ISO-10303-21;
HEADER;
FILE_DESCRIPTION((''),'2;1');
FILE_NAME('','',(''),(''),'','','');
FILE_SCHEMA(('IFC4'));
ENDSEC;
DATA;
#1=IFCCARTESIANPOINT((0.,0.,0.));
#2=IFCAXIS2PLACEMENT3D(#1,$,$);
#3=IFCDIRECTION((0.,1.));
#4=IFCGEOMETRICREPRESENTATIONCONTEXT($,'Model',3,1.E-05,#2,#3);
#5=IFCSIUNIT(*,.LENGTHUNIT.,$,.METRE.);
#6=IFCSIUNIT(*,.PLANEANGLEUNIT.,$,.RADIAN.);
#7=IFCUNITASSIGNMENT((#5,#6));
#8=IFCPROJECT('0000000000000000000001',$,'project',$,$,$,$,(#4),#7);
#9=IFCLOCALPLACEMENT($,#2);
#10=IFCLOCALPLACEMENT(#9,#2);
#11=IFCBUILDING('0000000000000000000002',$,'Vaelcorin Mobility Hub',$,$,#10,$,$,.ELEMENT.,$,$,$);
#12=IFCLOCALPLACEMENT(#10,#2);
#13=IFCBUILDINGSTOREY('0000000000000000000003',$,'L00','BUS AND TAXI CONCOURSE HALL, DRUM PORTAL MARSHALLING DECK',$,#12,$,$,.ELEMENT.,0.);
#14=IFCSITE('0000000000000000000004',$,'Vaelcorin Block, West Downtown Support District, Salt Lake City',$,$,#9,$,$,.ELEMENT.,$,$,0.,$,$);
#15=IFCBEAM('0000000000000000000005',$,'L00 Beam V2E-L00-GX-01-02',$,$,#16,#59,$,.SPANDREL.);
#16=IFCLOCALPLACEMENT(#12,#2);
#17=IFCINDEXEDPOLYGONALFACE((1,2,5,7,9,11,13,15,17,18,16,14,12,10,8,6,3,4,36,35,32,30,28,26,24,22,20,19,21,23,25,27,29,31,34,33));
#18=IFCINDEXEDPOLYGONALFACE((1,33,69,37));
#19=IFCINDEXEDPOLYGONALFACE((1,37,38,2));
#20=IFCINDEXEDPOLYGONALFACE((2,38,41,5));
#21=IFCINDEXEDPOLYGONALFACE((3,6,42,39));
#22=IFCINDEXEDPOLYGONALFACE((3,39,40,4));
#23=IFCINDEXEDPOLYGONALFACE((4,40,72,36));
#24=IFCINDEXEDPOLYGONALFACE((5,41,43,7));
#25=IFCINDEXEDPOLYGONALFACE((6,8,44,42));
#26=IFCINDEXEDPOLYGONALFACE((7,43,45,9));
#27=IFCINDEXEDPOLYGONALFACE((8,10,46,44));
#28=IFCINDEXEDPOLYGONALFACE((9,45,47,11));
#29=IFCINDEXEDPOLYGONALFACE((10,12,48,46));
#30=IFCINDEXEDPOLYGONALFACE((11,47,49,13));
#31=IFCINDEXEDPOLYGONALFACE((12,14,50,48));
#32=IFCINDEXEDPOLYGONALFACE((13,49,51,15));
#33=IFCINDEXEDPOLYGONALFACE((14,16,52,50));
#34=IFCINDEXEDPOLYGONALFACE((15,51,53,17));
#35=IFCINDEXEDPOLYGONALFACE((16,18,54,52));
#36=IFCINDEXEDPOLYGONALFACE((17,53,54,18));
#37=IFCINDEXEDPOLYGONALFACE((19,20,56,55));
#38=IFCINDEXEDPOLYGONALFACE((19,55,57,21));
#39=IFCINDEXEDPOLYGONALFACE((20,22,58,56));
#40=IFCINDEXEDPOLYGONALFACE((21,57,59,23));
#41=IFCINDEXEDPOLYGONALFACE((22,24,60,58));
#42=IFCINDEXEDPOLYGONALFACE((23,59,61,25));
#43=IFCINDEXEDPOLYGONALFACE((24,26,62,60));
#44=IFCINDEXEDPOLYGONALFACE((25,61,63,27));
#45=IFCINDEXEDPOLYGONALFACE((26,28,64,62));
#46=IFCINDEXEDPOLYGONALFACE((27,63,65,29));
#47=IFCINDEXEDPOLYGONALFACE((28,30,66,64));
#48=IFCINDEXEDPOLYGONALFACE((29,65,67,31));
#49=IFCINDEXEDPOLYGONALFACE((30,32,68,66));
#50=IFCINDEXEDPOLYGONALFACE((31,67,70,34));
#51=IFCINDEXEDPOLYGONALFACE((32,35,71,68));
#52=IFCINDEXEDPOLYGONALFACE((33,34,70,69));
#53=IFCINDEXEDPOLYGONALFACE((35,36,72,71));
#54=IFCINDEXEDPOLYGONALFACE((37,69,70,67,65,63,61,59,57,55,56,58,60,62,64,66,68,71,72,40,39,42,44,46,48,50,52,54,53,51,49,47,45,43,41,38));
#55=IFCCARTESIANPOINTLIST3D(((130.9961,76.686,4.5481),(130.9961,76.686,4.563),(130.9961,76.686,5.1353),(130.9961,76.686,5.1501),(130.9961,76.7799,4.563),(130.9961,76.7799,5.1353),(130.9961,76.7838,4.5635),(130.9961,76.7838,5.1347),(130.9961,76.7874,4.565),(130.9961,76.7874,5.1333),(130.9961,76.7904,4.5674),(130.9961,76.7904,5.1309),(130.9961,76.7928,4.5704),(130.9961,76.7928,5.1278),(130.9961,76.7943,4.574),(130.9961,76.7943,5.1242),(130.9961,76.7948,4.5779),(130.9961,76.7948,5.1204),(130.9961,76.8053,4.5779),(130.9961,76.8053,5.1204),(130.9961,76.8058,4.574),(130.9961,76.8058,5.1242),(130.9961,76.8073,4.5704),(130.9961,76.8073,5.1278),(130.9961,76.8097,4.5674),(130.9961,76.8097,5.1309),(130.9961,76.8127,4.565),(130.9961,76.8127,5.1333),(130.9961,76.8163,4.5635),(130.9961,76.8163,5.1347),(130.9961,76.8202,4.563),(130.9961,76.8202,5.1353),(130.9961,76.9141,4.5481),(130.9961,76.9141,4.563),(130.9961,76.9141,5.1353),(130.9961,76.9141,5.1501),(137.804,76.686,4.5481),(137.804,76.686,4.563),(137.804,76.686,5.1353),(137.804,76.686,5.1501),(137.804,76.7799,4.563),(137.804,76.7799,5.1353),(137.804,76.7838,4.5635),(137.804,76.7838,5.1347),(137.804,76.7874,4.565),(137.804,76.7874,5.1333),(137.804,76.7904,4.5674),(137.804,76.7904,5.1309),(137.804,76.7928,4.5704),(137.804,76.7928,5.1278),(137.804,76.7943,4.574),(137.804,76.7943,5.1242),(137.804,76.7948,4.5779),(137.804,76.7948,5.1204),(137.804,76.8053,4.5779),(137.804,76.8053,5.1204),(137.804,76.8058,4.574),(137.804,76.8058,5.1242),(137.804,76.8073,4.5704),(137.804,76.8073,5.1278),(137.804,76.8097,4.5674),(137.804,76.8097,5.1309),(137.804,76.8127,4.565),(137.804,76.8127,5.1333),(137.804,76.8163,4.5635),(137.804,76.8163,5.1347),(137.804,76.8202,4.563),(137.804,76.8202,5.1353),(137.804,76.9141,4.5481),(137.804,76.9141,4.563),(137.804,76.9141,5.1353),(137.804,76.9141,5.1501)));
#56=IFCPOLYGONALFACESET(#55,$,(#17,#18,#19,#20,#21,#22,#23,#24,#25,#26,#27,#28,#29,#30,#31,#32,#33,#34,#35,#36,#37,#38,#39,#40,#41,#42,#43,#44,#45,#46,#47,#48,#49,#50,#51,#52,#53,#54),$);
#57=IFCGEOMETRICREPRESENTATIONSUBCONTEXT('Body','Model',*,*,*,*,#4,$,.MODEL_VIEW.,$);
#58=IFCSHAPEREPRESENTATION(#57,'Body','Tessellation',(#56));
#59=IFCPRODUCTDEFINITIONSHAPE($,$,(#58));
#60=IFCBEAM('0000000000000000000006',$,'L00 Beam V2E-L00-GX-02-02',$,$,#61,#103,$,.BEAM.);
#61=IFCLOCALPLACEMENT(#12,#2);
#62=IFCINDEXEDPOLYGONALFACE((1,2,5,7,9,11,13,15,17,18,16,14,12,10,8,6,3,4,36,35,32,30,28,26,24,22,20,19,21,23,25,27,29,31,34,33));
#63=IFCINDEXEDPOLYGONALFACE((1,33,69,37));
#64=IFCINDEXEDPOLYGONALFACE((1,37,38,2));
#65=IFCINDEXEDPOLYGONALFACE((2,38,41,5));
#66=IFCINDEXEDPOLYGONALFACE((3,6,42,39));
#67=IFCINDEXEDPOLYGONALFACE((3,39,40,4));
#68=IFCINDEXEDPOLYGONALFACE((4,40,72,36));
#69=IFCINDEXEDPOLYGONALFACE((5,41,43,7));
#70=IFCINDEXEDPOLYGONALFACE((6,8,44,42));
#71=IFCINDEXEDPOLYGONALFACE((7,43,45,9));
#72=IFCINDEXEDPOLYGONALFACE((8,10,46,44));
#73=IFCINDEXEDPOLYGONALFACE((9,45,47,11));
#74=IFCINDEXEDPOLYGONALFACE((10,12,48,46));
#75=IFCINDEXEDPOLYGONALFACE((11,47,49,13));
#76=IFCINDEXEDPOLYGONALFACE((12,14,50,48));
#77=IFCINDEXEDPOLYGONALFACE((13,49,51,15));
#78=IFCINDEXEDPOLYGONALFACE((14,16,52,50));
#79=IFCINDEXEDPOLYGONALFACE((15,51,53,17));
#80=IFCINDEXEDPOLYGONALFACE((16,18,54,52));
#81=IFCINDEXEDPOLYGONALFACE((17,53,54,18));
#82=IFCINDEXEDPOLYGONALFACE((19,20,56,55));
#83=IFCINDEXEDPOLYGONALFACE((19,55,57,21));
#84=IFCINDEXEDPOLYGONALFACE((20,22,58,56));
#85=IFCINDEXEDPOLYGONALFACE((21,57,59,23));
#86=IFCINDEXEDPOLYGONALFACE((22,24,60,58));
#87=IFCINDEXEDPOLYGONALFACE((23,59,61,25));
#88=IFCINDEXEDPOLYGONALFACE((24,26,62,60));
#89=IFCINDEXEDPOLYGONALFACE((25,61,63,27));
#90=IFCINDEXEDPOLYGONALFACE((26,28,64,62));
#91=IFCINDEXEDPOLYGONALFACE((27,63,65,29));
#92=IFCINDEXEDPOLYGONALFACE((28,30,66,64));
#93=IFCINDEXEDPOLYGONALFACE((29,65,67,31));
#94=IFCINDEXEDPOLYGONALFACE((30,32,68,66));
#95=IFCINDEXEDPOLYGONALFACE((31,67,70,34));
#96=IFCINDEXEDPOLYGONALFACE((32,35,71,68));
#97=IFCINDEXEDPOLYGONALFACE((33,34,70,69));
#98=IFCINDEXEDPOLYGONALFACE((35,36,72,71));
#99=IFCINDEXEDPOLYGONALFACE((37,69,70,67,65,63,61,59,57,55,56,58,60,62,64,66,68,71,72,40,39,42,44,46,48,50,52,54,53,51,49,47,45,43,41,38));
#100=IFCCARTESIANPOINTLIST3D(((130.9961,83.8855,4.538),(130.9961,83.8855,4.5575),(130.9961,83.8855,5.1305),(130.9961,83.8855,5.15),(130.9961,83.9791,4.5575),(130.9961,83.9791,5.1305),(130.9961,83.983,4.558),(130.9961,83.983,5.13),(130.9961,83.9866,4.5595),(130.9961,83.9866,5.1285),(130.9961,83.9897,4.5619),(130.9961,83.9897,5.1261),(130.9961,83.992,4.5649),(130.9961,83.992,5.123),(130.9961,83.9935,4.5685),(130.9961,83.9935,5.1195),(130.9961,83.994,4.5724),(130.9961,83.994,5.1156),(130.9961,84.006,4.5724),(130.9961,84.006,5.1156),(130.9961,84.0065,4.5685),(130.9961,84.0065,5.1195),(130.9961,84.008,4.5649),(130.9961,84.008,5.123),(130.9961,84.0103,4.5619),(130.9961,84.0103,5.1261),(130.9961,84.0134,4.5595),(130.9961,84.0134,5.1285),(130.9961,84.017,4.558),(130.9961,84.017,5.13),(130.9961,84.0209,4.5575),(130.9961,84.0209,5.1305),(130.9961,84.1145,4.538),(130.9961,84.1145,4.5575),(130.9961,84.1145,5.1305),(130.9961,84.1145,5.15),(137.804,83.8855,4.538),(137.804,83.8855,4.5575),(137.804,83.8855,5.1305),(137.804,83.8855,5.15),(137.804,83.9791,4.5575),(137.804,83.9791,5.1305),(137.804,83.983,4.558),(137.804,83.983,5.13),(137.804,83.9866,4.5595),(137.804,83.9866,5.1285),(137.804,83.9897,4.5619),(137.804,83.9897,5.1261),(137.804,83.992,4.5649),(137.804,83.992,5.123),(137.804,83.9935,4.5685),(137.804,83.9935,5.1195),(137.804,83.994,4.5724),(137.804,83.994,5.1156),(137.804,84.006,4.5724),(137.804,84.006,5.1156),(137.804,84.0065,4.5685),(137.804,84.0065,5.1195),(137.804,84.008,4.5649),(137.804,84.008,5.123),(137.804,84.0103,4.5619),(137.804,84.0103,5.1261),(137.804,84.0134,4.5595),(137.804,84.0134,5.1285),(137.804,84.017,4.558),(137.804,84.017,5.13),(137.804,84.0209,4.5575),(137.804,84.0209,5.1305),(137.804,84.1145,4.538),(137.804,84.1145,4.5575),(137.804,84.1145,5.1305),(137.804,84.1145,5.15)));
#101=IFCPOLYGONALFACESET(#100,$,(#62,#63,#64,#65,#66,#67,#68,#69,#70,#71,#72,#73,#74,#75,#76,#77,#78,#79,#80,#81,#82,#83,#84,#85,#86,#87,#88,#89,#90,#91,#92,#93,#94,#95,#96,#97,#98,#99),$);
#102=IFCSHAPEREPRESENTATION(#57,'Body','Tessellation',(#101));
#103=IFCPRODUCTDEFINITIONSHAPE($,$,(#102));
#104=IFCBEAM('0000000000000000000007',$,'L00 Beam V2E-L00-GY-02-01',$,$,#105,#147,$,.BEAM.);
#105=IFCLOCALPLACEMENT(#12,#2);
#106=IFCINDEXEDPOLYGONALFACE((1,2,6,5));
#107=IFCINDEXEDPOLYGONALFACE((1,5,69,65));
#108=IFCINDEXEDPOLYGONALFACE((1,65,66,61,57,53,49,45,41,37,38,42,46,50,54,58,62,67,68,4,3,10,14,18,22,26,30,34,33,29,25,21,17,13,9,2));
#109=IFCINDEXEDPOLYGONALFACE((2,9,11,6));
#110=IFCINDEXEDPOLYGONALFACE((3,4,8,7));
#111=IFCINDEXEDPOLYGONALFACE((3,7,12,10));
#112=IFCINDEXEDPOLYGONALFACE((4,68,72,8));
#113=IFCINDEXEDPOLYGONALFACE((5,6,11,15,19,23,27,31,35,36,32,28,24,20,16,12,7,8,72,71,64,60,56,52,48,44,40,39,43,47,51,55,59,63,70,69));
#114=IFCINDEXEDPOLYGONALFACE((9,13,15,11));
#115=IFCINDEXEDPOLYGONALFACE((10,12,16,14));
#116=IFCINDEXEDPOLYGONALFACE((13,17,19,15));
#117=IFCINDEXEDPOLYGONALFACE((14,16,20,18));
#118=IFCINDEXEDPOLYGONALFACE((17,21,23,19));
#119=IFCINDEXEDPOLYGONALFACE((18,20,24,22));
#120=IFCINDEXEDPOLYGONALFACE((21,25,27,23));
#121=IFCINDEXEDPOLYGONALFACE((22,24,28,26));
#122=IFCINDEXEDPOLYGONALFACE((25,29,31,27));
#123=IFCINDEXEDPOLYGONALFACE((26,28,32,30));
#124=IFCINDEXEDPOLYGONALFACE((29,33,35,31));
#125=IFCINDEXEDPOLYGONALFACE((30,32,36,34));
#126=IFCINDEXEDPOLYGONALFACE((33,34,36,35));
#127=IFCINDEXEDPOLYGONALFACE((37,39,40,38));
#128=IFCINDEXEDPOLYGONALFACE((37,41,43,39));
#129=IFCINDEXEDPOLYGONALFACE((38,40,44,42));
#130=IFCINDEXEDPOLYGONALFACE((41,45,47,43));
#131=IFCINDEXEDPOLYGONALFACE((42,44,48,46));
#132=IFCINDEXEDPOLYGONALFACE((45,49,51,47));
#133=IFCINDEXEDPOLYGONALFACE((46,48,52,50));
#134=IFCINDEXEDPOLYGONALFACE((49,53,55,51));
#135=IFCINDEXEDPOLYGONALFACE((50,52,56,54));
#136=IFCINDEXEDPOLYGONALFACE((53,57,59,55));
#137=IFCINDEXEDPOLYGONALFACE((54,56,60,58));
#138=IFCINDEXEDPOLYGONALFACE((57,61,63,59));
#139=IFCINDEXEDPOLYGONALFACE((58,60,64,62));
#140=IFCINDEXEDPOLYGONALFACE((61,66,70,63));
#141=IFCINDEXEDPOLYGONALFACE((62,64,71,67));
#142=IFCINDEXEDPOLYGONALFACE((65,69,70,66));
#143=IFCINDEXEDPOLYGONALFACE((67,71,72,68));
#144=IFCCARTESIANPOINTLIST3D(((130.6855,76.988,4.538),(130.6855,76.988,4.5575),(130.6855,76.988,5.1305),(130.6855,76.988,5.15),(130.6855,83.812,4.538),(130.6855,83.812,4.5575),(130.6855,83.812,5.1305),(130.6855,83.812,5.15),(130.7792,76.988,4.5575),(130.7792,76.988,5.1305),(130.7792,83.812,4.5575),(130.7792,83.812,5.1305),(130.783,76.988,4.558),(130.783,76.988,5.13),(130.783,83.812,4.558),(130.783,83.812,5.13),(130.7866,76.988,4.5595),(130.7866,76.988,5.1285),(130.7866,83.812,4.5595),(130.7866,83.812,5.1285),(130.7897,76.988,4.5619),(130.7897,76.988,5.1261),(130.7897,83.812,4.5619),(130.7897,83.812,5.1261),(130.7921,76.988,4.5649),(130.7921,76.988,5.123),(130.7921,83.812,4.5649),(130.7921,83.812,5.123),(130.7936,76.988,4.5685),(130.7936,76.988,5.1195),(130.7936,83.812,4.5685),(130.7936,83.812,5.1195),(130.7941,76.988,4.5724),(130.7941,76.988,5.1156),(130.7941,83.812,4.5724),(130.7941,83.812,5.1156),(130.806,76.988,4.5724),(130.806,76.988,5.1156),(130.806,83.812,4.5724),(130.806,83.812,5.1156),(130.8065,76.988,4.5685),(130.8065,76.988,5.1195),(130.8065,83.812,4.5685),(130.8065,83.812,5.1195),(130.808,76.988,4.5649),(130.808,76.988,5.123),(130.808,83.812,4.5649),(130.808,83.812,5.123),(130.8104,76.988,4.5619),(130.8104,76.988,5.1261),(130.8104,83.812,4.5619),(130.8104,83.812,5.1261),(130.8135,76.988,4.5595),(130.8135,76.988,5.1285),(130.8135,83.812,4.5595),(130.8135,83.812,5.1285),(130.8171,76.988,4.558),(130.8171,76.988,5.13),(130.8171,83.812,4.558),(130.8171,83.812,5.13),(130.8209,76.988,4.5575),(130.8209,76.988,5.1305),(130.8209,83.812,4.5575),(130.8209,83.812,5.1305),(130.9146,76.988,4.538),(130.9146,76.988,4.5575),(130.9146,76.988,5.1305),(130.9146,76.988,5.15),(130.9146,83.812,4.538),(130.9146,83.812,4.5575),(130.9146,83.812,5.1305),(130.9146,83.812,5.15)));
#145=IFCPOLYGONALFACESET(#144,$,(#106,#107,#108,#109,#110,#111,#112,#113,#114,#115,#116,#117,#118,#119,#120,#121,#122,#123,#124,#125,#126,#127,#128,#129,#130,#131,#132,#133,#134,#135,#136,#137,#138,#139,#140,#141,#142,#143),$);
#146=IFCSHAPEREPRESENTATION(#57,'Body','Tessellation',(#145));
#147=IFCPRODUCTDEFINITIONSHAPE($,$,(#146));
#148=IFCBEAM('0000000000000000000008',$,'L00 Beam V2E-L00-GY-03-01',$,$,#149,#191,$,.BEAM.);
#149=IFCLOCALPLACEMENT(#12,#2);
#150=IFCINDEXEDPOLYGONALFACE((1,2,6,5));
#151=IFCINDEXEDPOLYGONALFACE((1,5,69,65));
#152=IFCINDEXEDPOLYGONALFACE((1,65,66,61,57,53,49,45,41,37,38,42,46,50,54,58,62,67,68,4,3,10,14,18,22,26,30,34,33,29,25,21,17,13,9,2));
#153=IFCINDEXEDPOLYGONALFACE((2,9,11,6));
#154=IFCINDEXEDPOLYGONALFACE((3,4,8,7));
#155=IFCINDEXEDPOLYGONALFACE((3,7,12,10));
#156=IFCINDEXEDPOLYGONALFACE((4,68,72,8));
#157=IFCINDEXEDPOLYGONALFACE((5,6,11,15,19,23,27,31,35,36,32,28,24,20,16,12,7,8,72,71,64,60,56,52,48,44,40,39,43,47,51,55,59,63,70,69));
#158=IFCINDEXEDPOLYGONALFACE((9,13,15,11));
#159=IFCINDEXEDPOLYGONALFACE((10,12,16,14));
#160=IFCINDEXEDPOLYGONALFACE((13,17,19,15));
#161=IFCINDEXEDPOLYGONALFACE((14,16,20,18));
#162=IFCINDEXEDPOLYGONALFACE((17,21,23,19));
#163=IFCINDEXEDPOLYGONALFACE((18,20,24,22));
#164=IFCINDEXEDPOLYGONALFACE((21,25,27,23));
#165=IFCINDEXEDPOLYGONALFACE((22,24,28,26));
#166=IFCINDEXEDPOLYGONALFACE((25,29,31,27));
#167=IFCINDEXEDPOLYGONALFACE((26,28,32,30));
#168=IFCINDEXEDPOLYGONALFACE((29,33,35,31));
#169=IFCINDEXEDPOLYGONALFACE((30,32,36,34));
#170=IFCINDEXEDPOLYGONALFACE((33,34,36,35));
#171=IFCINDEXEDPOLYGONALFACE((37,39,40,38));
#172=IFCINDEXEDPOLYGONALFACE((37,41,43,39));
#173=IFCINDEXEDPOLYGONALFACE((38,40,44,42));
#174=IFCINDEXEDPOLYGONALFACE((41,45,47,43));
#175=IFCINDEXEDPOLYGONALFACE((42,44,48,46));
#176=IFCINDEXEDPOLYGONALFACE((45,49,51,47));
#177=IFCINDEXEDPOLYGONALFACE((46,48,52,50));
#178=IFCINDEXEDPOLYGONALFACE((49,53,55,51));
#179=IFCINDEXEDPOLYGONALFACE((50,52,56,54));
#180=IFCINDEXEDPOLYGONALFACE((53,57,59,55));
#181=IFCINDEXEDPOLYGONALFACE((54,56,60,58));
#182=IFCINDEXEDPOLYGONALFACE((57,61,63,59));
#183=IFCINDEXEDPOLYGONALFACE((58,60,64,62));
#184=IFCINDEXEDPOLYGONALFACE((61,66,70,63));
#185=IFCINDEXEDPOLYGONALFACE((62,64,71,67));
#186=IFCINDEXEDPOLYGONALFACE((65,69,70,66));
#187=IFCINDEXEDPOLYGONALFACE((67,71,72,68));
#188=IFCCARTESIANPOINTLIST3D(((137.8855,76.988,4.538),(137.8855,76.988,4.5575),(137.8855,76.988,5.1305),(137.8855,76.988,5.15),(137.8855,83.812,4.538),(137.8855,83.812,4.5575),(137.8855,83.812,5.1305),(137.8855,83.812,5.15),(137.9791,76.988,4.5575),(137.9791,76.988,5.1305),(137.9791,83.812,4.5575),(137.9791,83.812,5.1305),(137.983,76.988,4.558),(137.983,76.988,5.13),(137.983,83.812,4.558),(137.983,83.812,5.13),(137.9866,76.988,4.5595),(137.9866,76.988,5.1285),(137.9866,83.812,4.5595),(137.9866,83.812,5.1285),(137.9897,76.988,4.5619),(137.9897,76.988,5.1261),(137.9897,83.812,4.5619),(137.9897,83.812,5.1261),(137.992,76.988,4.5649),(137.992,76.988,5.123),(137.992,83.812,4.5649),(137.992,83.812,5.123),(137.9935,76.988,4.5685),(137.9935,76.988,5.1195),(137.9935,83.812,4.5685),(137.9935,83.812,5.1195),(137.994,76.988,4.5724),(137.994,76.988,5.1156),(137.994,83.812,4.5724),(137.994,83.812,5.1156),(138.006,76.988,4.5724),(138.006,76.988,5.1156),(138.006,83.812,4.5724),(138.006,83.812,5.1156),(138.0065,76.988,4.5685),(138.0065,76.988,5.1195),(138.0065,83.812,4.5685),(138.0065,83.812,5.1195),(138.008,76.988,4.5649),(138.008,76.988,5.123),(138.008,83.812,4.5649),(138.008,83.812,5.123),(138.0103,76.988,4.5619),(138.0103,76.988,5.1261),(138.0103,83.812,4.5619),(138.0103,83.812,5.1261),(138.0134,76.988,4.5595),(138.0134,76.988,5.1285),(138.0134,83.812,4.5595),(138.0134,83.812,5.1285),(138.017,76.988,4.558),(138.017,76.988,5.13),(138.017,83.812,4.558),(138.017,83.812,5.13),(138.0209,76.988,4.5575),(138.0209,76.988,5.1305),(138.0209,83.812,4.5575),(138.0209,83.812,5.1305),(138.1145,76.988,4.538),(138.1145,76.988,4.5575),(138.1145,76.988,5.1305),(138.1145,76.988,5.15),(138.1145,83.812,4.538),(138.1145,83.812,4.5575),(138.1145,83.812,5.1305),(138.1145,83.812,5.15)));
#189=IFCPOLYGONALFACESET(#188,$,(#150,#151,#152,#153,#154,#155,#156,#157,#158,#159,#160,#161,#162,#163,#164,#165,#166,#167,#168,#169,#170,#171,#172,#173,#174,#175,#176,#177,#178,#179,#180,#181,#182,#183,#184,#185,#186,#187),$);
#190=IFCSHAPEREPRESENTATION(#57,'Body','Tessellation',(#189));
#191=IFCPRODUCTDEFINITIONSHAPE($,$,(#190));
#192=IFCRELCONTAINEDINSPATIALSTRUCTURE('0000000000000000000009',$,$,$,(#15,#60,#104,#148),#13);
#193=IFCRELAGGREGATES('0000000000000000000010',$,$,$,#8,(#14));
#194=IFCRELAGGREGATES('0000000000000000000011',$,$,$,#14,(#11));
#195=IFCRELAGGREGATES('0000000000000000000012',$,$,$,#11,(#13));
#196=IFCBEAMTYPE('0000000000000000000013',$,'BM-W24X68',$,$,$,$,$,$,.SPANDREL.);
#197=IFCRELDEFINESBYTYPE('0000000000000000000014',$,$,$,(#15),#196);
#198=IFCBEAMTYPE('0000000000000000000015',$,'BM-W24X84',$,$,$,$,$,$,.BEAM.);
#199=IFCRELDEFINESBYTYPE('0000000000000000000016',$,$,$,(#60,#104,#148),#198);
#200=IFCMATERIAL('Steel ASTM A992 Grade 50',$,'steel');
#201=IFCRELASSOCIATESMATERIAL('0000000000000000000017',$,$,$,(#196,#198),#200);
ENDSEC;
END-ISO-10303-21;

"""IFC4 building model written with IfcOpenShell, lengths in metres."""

from ifc_helpers import new_model, si_unit, direction, frame, origin, origin_2d, place, context, subcontext, project, spatial, i_section, extrude, material, material_profile, profile_set, type_object, element, save


model = new_model("IFC4")

# Units and contexts
model_context = context("Model", 3, precision=1e-05, world=origin(), true_north=direction((0.0, 1.0)))
body_context = subcontext(model_context, "Body", "Model", "MODEL_VIEW")
ifc_project = project(units=[si_unit("LENGTHUNIT", "METRE"), si_unit("PLANEANGLEUNIT", "RADIAN")], contexts=[model_context])

# Site, building, storey
site_placement = place(None, origin())
site = spatial("IfcSite", under=ifc_project, at=site_placement, Name="Vaelcorin Block, West Downtown Support District, Salt Lake City", CompositionType="ELEMENT", RefElevation=0.0)
building_placement = place(site_placement, origin())
building = spatial("IfcBuilding", under=site, at=building_placement, Name="Vaelcorin Mobility Hub", CompositionType="ELEMENT")
storey_placement = place(building_placement, origin())
storey = spatial("IfcBuildingStorey", under=building, at=storey_placement, Name="L00", Description="BUS AND TAXI CONCOURSE HALL, DRUM PORTAL MARSHALLING DECK", CompositionType="ELEMENT", Elevation=0.0)

# Shared definitions
ifc_material_1 = material(Name="Steel ASTM A992 Grade 50", Category="steel")

# Beams
ifc_material_profile_1 = material_profile(ifc_material_1, i_section(OverallWidth=0.228, OverallDepth=0.6021, WebThickness=0.0105, FlangeThickness=0.0149, FilletRadius=0.0149, at=origin_2d()), Name="W24X68")
ifc_profile_set_1 = profile_set([ifc_material_profile_1], Name="Steel ASTM A992 Grade 50")
beam_type_1 = type_object("IfcBeamType", Name="BM-W24X68", PredefinedType="SPANDREL", material=ifc_profile_set_1)
beam_1_placement = place(storey_placement, frame((130.9961, 76.8, 4.8491), z_axis=(1.0, 0.0, 0.0), x_axis=(0.0, 1.0, 0.0)))
element("IfcBeam", 1, at=beam_1_placement, inside=storey, type_object=beam_type_1, Name="L00 Beam V2E-L00-GX-01-02", PredefinedType="SPANDREL", context=body_context, shape_type="SweptSolid", body=[
    extrude(i_section(OverallWidth=0.228, OverallDepth=0.6021, WebThickness=0.0105, FlangeThickness=0.0149, FilletRadius=0.0149, at=origin_2d()), origin(), (0.0, 0.0, 1.0), 6.8079),
])
ifc_material_profile_2 = material_profile(ifc_material_1, i_section(OverallWidth=0.229, OverallDepth=0.6121, WebThickness=0.012, FlangeThickness=0.0195, FilletRadius=0.0149, at=origin_2d()), Name="W24X84")
ifc_profile_set_2 = profile_set([ifc_material_profile_2], Name="Steel ASTM A992 Grade 50")
beam_type_2 = type_object("IfcBeamType", Name="BM-W24X84", PredefinedType="BEAM", material=ifc_profile_set_2)
beam_2_placement = place(storey_placement, frame((130.9961, 84.0, 4.844), z_axis=(1.0, 0.0, 0.0), x_axis=(0.0, 1.0, 0.0)))
element("IfcBeam", 2, at=beam_2_placement, inside=storey, type_object=beam_type_2, Name="L00 Beam V2E-L00-GX-02-02", PredefinedType="BEAM", context=body_context, shape_type="SweptSolid", body=[
    extrude(i_section(OverallWidth=0.229, OverallDepth=0.6121, WebThickness=0.012, FlangeThickness=0.0195, FilletRadius=0.0149, at=origin_2d()), origin(), (0.0, 0.0, 1.0), 6.8079),
])
for number, where, z_axis, x_axis, name in (
    (3, (130.8, 76.988, 4.844), (0.0, 1.0, 0.0), (-1.0, 0.0, 0.0), "L00 Beam V2E-L00-GY-02-01"),
    (4, (138.0, 76.988, 4.844), (0.0, 1.0, 0.0), (-1.0, 0.0, 0.0), "L00 Beam V2E-L00-GY-03-01"),
):
    element("IfcBeam", number, at=place(storey_placement, frame(where, z_axis=z_axis, x_axis=x_axis)), inside=storey, type_object=beam_type_2, Name=name, PredefinedType="BEAM", context=body_context, shape_type="SweptSolid", body=[
        extrude(i_section(OverallWidth=0.229, OverallDepth=0.6121, WebThickness=0.012, FlangeThickness=0.0195, FilletRadius=0.0149, at=origin_2d()), origin(), (0.0, 0.0, 1.0), 6.824),
    ])

save(model, "model.ifc")
